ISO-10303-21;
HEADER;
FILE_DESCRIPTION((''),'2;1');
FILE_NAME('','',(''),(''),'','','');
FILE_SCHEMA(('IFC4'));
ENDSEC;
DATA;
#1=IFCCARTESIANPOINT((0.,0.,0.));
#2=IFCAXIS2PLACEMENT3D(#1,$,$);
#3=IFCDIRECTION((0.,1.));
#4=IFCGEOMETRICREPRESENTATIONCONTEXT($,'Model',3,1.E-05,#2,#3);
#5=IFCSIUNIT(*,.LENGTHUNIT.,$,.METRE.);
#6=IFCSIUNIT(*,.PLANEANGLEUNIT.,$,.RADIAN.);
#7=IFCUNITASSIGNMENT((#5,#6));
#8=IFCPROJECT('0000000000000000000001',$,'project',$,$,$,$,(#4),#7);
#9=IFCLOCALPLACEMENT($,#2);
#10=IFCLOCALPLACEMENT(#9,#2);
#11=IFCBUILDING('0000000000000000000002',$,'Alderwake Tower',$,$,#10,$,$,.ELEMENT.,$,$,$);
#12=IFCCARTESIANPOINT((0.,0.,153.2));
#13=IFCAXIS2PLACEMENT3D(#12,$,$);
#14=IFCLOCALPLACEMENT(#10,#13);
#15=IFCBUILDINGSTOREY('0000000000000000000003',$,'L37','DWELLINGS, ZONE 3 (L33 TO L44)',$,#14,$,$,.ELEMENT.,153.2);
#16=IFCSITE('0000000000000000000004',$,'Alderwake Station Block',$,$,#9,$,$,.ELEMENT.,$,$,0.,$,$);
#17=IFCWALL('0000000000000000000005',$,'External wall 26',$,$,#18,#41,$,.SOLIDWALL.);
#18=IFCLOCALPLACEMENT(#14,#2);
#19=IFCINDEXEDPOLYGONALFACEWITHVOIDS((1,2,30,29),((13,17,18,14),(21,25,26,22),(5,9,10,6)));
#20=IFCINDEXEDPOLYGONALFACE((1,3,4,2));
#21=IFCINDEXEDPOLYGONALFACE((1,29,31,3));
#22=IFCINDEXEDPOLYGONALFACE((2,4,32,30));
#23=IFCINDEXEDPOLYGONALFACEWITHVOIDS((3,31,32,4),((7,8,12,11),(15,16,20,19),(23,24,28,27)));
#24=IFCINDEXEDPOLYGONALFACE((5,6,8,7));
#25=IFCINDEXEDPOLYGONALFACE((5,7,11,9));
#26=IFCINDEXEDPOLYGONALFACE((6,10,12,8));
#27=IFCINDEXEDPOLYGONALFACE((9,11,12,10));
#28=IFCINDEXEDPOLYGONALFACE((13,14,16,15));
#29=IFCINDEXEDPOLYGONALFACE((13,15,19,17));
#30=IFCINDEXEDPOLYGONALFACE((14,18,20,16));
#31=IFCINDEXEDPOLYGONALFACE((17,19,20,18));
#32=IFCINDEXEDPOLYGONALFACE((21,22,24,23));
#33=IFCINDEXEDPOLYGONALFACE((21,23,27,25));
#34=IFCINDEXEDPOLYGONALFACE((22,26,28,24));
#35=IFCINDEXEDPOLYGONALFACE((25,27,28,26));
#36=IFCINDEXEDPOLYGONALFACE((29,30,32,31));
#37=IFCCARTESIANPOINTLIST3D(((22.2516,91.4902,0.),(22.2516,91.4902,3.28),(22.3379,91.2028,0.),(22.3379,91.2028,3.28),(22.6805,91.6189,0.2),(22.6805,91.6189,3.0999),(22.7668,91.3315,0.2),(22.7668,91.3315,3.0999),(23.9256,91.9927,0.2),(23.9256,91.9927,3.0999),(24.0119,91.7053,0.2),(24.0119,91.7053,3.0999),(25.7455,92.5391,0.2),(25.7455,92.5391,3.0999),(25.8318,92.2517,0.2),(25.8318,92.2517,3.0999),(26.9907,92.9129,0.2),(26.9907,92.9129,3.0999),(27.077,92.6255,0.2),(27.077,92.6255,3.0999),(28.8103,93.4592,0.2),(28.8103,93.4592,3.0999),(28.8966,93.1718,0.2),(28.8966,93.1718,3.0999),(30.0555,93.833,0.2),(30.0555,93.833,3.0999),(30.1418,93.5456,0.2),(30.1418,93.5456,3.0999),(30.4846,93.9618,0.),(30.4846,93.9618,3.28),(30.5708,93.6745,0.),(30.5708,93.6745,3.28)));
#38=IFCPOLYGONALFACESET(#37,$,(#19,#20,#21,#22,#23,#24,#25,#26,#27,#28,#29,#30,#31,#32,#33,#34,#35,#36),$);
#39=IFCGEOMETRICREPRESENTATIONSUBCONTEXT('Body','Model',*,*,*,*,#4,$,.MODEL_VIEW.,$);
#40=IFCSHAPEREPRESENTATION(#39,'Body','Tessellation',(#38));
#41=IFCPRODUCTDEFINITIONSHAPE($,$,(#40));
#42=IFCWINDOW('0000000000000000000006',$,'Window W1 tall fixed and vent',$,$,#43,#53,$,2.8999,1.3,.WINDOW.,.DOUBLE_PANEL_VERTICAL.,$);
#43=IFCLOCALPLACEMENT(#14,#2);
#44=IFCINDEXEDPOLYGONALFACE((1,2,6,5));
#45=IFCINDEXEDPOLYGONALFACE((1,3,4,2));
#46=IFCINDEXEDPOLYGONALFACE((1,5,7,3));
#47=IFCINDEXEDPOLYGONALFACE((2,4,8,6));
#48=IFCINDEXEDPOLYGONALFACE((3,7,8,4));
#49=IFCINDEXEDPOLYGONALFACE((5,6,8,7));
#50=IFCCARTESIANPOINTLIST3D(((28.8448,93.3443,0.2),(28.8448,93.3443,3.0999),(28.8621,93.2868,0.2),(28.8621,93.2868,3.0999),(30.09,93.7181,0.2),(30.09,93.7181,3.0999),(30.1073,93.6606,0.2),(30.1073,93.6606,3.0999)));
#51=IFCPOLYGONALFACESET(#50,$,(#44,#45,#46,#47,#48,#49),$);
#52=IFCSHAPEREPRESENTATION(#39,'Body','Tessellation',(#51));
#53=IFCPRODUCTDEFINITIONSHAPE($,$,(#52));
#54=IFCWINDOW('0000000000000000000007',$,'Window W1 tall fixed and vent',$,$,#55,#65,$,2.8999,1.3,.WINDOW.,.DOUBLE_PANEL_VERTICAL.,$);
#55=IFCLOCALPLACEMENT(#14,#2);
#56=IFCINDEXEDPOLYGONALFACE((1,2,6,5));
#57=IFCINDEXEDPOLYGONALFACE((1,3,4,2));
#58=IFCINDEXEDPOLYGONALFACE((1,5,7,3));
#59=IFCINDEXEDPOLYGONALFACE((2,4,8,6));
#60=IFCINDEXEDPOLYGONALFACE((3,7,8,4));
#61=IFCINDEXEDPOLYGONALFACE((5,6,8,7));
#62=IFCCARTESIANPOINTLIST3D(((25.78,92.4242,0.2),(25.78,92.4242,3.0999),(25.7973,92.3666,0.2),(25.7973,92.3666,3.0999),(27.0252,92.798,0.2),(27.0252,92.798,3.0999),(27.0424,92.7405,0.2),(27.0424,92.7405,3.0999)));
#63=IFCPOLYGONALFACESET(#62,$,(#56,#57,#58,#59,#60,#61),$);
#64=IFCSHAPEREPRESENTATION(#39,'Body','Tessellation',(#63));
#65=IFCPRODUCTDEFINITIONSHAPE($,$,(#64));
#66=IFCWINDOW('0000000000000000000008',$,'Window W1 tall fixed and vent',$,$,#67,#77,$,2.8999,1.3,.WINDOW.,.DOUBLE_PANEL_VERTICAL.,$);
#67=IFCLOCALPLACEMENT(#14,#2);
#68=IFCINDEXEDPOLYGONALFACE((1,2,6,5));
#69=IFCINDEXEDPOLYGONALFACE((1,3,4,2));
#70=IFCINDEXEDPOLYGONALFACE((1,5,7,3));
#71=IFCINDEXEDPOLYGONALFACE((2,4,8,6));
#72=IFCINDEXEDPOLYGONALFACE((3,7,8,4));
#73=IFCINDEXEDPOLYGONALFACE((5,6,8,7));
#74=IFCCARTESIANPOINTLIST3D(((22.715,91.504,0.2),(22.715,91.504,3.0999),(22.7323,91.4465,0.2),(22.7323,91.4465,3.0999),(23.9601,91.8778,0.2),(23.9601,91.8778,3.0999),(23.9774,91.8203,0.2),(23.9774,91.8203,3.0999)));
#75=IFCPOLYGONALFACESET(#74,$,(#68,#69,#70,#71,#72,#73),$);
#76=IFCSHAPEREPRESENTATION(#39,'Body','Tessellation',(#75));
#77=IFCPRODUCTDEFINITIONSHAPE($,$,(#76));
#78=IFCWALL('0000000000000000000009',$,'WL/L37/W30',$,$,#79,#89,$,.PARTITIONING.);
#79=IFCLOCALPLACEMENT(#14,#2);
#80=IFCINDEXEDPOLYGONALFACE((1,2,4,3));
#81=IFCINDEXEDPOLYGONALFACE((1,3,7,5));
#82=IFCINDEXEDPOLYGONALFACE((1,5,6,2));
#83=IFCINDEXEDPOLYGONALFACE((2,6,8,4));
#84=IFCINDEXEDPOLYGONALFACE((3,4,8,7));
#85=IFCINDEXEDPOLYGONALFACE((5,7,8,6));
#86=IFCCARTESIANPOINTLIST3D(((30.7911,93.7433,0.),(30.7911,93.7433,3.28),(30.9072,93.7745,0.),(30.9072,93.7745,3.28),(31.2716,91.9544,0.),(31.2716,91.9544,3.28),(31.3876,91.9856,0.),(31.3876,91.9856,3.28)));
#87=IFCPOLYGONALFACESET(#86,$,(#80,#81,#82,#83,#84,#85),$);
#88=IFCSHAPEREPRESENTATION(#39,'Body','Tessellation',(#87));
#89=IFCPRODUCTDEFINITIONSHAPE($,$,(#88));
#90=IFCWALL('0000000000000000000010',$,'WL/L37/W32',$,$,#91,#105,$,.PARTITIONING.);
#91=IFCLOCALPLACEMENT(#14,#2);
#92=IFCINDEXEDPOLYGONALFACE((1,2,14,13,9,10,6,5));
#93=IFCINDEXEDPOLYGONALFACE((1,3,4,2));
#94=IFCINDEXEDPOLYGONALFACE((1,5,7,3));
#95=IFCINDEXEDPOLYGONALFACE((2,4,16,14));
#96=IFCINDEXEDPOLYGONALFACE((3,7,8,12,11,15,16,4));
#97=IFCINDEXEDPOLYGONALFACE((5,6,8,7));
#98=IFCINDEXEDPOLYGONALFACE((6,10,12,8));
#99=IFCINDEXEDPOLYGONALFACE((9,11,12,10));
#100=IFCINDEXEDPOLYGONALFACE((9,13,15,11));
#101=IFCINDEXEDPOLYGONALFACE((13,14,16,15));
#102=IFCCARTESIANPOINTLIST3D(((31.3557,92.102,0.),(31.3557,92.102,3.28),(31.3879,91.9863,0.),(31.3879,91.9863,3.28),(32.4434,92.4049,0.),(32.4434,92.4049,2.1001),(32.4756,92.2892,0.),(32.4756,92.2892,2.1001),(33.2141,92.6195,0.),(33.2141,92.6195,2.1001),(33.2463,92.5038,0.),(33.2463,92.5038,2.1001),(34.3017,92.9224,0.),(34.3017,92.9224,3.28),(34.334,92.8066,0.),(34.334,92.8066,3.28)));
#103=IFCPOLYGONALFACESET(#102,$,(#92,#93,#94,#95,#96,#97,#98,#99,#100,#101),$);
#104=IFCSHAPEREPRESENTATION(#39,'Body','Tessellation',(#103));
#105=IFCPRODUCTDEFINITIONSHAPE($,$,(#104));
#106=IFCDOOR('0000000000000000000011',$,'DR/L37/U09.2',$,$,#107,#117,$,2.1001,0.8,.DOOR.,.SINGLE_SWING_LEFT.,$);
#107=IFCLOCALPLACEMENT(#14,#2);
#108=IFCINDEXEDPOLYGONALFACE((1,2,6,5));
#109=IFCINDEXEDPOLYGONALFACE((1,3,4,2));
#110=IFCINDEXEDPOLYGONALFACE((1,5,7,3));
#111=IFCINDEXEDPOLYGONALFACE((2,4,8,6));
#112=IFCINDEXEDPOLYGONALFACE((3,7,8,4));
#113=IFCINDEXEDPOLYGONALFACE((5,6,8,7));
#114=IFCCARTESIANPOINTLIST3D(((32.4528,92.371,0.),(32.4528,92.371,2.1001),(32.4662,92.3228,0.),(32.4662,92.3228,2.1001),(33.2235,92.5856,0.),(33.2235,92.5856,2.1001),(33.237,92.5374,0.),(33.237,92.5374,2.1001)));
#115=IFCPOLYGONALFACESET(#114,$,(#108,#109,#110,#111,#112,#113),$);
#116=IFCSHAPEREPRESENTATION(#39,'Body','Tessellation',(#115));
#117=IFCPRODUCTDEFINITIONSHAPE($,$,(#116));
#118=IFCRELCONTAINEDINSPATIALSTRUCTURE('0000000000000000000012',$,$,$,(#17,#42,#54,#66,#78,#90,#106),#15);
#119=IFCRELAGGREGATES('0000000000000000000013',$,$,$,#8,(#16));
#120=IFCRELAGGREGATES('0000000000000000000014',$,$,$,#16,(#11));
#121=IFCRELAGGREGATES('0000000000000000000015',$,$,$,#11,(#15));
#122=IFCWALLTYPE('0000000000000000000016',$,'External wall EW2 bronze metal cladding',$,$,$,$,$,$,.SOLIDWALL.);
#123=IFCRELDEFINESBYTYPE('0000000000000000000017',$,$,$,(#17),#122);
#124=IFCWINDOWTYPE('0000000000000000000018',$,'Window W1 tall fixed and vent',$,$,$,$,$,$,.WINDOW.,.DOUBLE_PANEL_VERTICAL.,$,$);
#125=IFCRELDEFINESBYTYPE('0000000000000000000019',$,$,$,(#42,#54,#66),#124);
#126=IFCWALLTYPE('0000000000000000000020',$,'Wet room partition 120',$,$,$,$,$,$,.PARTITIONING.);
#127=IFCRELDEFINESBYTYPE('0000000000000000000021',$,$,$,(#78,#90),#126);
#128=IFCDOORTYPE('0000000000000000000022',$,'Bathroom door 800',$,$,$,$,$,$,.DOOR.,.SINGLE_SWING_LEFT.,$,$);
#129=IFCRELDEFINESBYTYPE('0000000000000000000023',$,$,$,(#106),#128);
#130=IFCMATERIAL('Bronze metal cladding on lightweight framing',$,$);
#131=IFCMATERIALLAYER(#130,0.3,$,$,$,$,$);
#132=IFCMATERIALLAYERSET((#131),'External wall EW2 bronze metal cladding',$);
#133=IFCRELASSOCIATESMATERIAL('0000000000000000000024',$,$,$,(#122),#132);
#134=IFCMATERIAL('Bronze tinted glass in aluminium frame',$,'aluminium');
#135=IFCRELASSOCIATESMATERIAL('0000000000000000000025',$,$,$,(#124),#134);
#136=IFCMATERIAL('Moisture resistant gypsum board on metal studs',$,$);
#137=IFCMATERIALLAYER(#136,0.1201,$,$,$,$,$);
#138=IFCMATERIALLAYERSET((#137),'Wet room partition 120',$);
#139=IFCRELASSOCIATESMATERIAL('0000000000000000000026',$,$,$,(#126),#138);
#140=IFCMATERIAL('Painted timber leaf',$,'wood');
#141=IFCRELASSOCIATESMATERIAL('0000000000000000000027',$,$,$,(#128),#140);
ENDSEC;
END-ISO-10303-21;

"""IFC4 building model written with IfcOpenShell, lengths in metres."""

from ifc_helpers import new_model, si_unit, direction, frame, frame_2d, origin, place, context, subcontext, project, spatial, rectangle, extrude, material, layer, layer_set, type_object, element, fill, save


model = new_model("IFC4")

# Units and contexts
model_context = context("Model", 3, precision=1e-05, world=origin(), true_north=direction((0.0, 1.0)))
body_context = subcontext(model_context, "Body", "Model", "MODEL_VIEW")
ifc_project = project(units=[si_unit("LENGTHUNIT", "METRE"), si_unit("PLANEANGLEUNIT", "RADIAN")], contexts=[model_context])

# Site, building, storey
site_placement = place(None, origin())
site = spatial("IfcSite", under=ifc_project, at=site_placement, Name="Alderwake Station Block", CompositionType="ELEMENT", RefElevation=0.0)
building_placement = place(site_placement, origin())
building = spatial("IfcBuilding", under=site, at=building_placement, Name="Alderwake Tower", CompositionType="ELEMENT")
storey_placement = place(building_placement, frame((0.0, 0.0, 153.2)))
storey = spatial("IfcBuildingStorey", under=building, at=storey_placement, Name="L37", Description="DWELLINGS, ZONE 3 (L33 TO L44)", CompositionType="ELEMENT", Elevation=153.2)

# Wall, openings, windows
ifc_material_1 = material(Name="Bronze metal cladding on lightweight framing")
ifc_layer_1 = layer(ifc_material_1, 0.3)
ifc_layer_set_1 = layer_set([ifc_layer_1], Name="External wall EW2 bronze metal cladding")
wall_type_1 = type_object("IfcWallType", Name="External wall EW2 bronze metal cladding", PredefinedType="SOLIDWALL", material=ifc_layer_set_1)
ifc_material_2 = material(Name="Bronze tinted glass in aluminium frame", Category="aluminium")
window_type_1 = type_object("IfcWindowType", Name="Window W1 tall fixed and vent", PartitioningType="DOUBLE_PANEL_VERTICAL", PredefinedType="WINDOW", material=ifc_material_2)
wall_1_placement = place(storey_placement, frame((30.5276, 93.8181, 0.0), z_axis=(0.0, 0.0, 1.0), x_axis=(-0.957768, -0.287541, 0.0)))
wall_1 = element("IfcWall", 1, at=wall_1_placement, inside=storey, type_object=wall_type_1, Name="External wall 26", PredefinedType="SOLIDWALL", context=body_context, shape_type="SweptSolid", body=[
    extrude(rectangle(XDim=8.5959, YDim=0.3, at=frame_2d((4.2979, 0.0))), origin(), (0.0, 0.0, 1.0), 3.28),
])
opening_1_placement = place(wall_1_placement, frame((0.448, 0.0, 0.2)))
opening_1 = element("IfcOpeningElement", 2, at=opening_1_placement, cuts=wall_1, PredefinedType="OPENING", context=body_context, shape_type="SweptSolid", body=[
    extrude(rectangle(XDim=1.3, YDim=2.8999, at=frame_2d((0.6499, 1.45))), frame((0.0, 0.1599, 0.0), z_axis=(0.0, -1.0, 0.0), x_axis=(1.0, 0.0, 0.0)), (0.0, 0.0, 1.0), 0.3201),
])
opening_2_placement = place(wall_1_placement, frame((3.6479, 0.0, 0.2)))
opening_2 = element("IfcOpeningElement", 3, at=opening_2_placement, cuts=wall_1, PredefinedType="OPENING", context=body_context, shape_type="SweptSolid", body=[
    extrude(rectangle(XDim=1.3, YDim=2.8999, at=frame_2d((0.6499, 1.45))), frame((0.0, 0.1599, 0.0), z_axis=(0.0, -1.0, 0.0), x_axis=(1.0, 0.0, 0.0)), (0.0, 0.0, 1.0), 0.3201),
])
opening_3_placement = place(wall_1_placement, frame((6.8481, 0.0, 0.2)))
opening_3 = element("IfcOpeningElement", 4, at=opening_3_placement, cuts=wall_1, PredefinedType="OPENING", context=body_context, shape_type="SweptSolid", body=[
    extrude(rectangle(XDim=1.3, YDim=2.8999, at=frame_2d((0.6499, 1.45))), frame((0.0, 0.1599, 0.0), z_axis=(0.0, -1.0, 0.0), x_axis=(1.0, 0.0, 0.0)), (0.0, 0.0, 1.0), 0.3201),
])
window_1_placement = place(opening_1_placement, origin())
window_1 = element("IfcWindow", 5, at=window_1_placement, inside=storey, type_object=window_type_1, Name="Window W1 tall fixed and vent", OverallHeight=2.8999, OverallWidth=1.3, PartitioningType="DOUBLE_PANEL_VERTICAL", PredefinedType="WINDOW", context=body_context, shape_type="SweptSolid", body=[
    extrude(rectangle(XDim=1.3, YDim=2.8999, at=frame_2d((0.6499, 1.45))), frame((0.0, 0.03, 0.0), z_axis=(0.0, -1.0, 0.0), x_axis=(1.0, 0.0, 0.0)), (0.0, 0.0, 1.0), 0.0601),
])
fill(opening_1, window_1)
window_2_placement = place(opening_2_placement, origin())
window_2 = element("IfcWindow", 6, at=window_2_placement, inside=storey, type_object=window_type_1, Name="Window W1 tall fixed and vent", OverallHeight=2.8999, OverallWidth=1.3, PartitioningType="DOUBLE_PANEL_VERTICAL", PredefinedType="WINDOW", context=body_context, shape_type="SweptSolid", body=[
    extrude(rectangle(XDim=1.3, YDim=2.8999, at=frame_2d((0.6499, 1.45))), frame((0.0, 0.03, 0.0), z_axis=(0.0, -1.0, 0.0), x_axis=(1.0, 0.0, 0.0)), (0.0, 0.0, 1.0), 0.0601),
])
fill(opening_2, window_2)
window_3_placement = place(opening_3_placement, origin())
window_3 = element("IfcWindow", 7, at=window_3_placement, inside=storey, type_object=window_type_1, Name="Window W1 tall fixed and vent", OverallHeight=2.8999, OverallWidth=1.3, PartitioningType="DOUBLE_PANEL_VERTICAL", PredefinedType="WINDOW", context=body_context, shape_type="SweptSolid", body=[
    extrude(rectangle(XDim=1.3, YDim=2.8999, at=frame_2d((0.6499, 1.45))), frame((0.0, 0.03, 0.0), z_axis=(0.0, -1.0, 0.0), x_axis=(1.0, 0.0, 0.0)), (0.0, 0.0, 1.0), 0.0601),
])
fill(opening_3, window_3)

# Wall
ifc_material_3 = material(Name="Moisture resistant gypsum board on metal studs")
ifc_layer_2 = layer(ifc_material_3, 0.1201)
ifc_layer_set_2 = layer_set([ifc_layer_2], Name="Wet room partition 120")
wall_type_2 = type_object("IfcWallType", Name="Wet room partition 120", PredefinedType="PARTITIONING", material=ifc_layer_set_2)
wall_2_placement = place(storey_placement, frame((30.8491, 93.759, 0.0), z_axis=(0.0, 0.0, 1.0), x_axis=(0.259401, -0.96577, 0.0)))
element("IfcWall", 8, at=wall_2_placement, inside=storey, type_object=wall_type_2, Name="WL/L37/W30", PredefinedType="PARTITIONING", context=body_context, shape_type="SweptSolid", body=[
    extrude(rectangle(XDim=1.8523, YDim=0.1201, at=frame_2d((0.9263, 0.0))), origin(), (0.0, 0.0, 1.0), 3.28),
])

# Wall, opening, door
wall_3_placement = place(storey_placement, frame((31.3718, 92.0442, 0.0), z_axis=(0.0, 0.0, 1.0), x_axis=(0.963352, 0.268241, 0.0)))
wall_3 = element("IfcWall", 9, at=wall_3_placement, inside=storey, type_object=wall_type_2, Name="WL/L37/W32", PredefinedType="PARTITIONING", context=body_context, shape_type="SweptSolid", body=[
    extrude(rectangle(XDim=3.0581, YDim=0.1201, at=frame_2d((1.5291, 0.0))), origin(), (0.0, 0.0, 1.0), 3.28),
])
opening_4_placement = place(wall_3_placement, frame((1.1292, 0.0, 0.0)))
opening_4 = element("IfcOpeningElement", 10, at=opening_4_placement, cuts=wall_3, PredefinedType="OPENING", context=body_context, shape_type="SweptSolid", body=[
    extrude(rectangle(XDim=0.8, YDim=2.1001, at=frame_2d((0.3999, 1.05))), frame((0.0, 0.0701, 0.0), z_axis=(0.0, -1.0, 0.0), x_axis=(1.0, 0.0, 0.0)), (0.0, 0.0, 1.0), 0.1401),
])
ifc_material_4 = material(Name="Painted timber leaf", Category="wood")
door_type_1 = type_object("IfcDoorType", Name="Bathroom door 800", OperationType="SINGLE_SWING_LEFT", PredefinedType="DOOR", material=ifc_material_4)
door_1_placement = place(opening_4_placement, origin())
door_1 = element("IfcDoor", 11, at=door_1_placement, inside=storey, type_object=door_type_1, Name="DR/L37/U09.2", OperationType="SINGLE_SWING_LEFT", OverallHeight=2.1001, OverallWidth=0.8, PredefinedType="DOOR", context=body_context, shape_type="SweptSolid", body=[
    extrude(rectangle(XDim=0.8, YDim=2.1001, at=frame_2d((0.3999, 1.05))), frame((0.0, 0.0249, 0.0), z_axis=(0.0, -1.0, 0.0), x_axis=(1.0, 0.0, 0.0)), (0.0, 0.0, 1.0), 0.05),
])
fill(opening_4, door_1)

save(model, "model.ifc")
